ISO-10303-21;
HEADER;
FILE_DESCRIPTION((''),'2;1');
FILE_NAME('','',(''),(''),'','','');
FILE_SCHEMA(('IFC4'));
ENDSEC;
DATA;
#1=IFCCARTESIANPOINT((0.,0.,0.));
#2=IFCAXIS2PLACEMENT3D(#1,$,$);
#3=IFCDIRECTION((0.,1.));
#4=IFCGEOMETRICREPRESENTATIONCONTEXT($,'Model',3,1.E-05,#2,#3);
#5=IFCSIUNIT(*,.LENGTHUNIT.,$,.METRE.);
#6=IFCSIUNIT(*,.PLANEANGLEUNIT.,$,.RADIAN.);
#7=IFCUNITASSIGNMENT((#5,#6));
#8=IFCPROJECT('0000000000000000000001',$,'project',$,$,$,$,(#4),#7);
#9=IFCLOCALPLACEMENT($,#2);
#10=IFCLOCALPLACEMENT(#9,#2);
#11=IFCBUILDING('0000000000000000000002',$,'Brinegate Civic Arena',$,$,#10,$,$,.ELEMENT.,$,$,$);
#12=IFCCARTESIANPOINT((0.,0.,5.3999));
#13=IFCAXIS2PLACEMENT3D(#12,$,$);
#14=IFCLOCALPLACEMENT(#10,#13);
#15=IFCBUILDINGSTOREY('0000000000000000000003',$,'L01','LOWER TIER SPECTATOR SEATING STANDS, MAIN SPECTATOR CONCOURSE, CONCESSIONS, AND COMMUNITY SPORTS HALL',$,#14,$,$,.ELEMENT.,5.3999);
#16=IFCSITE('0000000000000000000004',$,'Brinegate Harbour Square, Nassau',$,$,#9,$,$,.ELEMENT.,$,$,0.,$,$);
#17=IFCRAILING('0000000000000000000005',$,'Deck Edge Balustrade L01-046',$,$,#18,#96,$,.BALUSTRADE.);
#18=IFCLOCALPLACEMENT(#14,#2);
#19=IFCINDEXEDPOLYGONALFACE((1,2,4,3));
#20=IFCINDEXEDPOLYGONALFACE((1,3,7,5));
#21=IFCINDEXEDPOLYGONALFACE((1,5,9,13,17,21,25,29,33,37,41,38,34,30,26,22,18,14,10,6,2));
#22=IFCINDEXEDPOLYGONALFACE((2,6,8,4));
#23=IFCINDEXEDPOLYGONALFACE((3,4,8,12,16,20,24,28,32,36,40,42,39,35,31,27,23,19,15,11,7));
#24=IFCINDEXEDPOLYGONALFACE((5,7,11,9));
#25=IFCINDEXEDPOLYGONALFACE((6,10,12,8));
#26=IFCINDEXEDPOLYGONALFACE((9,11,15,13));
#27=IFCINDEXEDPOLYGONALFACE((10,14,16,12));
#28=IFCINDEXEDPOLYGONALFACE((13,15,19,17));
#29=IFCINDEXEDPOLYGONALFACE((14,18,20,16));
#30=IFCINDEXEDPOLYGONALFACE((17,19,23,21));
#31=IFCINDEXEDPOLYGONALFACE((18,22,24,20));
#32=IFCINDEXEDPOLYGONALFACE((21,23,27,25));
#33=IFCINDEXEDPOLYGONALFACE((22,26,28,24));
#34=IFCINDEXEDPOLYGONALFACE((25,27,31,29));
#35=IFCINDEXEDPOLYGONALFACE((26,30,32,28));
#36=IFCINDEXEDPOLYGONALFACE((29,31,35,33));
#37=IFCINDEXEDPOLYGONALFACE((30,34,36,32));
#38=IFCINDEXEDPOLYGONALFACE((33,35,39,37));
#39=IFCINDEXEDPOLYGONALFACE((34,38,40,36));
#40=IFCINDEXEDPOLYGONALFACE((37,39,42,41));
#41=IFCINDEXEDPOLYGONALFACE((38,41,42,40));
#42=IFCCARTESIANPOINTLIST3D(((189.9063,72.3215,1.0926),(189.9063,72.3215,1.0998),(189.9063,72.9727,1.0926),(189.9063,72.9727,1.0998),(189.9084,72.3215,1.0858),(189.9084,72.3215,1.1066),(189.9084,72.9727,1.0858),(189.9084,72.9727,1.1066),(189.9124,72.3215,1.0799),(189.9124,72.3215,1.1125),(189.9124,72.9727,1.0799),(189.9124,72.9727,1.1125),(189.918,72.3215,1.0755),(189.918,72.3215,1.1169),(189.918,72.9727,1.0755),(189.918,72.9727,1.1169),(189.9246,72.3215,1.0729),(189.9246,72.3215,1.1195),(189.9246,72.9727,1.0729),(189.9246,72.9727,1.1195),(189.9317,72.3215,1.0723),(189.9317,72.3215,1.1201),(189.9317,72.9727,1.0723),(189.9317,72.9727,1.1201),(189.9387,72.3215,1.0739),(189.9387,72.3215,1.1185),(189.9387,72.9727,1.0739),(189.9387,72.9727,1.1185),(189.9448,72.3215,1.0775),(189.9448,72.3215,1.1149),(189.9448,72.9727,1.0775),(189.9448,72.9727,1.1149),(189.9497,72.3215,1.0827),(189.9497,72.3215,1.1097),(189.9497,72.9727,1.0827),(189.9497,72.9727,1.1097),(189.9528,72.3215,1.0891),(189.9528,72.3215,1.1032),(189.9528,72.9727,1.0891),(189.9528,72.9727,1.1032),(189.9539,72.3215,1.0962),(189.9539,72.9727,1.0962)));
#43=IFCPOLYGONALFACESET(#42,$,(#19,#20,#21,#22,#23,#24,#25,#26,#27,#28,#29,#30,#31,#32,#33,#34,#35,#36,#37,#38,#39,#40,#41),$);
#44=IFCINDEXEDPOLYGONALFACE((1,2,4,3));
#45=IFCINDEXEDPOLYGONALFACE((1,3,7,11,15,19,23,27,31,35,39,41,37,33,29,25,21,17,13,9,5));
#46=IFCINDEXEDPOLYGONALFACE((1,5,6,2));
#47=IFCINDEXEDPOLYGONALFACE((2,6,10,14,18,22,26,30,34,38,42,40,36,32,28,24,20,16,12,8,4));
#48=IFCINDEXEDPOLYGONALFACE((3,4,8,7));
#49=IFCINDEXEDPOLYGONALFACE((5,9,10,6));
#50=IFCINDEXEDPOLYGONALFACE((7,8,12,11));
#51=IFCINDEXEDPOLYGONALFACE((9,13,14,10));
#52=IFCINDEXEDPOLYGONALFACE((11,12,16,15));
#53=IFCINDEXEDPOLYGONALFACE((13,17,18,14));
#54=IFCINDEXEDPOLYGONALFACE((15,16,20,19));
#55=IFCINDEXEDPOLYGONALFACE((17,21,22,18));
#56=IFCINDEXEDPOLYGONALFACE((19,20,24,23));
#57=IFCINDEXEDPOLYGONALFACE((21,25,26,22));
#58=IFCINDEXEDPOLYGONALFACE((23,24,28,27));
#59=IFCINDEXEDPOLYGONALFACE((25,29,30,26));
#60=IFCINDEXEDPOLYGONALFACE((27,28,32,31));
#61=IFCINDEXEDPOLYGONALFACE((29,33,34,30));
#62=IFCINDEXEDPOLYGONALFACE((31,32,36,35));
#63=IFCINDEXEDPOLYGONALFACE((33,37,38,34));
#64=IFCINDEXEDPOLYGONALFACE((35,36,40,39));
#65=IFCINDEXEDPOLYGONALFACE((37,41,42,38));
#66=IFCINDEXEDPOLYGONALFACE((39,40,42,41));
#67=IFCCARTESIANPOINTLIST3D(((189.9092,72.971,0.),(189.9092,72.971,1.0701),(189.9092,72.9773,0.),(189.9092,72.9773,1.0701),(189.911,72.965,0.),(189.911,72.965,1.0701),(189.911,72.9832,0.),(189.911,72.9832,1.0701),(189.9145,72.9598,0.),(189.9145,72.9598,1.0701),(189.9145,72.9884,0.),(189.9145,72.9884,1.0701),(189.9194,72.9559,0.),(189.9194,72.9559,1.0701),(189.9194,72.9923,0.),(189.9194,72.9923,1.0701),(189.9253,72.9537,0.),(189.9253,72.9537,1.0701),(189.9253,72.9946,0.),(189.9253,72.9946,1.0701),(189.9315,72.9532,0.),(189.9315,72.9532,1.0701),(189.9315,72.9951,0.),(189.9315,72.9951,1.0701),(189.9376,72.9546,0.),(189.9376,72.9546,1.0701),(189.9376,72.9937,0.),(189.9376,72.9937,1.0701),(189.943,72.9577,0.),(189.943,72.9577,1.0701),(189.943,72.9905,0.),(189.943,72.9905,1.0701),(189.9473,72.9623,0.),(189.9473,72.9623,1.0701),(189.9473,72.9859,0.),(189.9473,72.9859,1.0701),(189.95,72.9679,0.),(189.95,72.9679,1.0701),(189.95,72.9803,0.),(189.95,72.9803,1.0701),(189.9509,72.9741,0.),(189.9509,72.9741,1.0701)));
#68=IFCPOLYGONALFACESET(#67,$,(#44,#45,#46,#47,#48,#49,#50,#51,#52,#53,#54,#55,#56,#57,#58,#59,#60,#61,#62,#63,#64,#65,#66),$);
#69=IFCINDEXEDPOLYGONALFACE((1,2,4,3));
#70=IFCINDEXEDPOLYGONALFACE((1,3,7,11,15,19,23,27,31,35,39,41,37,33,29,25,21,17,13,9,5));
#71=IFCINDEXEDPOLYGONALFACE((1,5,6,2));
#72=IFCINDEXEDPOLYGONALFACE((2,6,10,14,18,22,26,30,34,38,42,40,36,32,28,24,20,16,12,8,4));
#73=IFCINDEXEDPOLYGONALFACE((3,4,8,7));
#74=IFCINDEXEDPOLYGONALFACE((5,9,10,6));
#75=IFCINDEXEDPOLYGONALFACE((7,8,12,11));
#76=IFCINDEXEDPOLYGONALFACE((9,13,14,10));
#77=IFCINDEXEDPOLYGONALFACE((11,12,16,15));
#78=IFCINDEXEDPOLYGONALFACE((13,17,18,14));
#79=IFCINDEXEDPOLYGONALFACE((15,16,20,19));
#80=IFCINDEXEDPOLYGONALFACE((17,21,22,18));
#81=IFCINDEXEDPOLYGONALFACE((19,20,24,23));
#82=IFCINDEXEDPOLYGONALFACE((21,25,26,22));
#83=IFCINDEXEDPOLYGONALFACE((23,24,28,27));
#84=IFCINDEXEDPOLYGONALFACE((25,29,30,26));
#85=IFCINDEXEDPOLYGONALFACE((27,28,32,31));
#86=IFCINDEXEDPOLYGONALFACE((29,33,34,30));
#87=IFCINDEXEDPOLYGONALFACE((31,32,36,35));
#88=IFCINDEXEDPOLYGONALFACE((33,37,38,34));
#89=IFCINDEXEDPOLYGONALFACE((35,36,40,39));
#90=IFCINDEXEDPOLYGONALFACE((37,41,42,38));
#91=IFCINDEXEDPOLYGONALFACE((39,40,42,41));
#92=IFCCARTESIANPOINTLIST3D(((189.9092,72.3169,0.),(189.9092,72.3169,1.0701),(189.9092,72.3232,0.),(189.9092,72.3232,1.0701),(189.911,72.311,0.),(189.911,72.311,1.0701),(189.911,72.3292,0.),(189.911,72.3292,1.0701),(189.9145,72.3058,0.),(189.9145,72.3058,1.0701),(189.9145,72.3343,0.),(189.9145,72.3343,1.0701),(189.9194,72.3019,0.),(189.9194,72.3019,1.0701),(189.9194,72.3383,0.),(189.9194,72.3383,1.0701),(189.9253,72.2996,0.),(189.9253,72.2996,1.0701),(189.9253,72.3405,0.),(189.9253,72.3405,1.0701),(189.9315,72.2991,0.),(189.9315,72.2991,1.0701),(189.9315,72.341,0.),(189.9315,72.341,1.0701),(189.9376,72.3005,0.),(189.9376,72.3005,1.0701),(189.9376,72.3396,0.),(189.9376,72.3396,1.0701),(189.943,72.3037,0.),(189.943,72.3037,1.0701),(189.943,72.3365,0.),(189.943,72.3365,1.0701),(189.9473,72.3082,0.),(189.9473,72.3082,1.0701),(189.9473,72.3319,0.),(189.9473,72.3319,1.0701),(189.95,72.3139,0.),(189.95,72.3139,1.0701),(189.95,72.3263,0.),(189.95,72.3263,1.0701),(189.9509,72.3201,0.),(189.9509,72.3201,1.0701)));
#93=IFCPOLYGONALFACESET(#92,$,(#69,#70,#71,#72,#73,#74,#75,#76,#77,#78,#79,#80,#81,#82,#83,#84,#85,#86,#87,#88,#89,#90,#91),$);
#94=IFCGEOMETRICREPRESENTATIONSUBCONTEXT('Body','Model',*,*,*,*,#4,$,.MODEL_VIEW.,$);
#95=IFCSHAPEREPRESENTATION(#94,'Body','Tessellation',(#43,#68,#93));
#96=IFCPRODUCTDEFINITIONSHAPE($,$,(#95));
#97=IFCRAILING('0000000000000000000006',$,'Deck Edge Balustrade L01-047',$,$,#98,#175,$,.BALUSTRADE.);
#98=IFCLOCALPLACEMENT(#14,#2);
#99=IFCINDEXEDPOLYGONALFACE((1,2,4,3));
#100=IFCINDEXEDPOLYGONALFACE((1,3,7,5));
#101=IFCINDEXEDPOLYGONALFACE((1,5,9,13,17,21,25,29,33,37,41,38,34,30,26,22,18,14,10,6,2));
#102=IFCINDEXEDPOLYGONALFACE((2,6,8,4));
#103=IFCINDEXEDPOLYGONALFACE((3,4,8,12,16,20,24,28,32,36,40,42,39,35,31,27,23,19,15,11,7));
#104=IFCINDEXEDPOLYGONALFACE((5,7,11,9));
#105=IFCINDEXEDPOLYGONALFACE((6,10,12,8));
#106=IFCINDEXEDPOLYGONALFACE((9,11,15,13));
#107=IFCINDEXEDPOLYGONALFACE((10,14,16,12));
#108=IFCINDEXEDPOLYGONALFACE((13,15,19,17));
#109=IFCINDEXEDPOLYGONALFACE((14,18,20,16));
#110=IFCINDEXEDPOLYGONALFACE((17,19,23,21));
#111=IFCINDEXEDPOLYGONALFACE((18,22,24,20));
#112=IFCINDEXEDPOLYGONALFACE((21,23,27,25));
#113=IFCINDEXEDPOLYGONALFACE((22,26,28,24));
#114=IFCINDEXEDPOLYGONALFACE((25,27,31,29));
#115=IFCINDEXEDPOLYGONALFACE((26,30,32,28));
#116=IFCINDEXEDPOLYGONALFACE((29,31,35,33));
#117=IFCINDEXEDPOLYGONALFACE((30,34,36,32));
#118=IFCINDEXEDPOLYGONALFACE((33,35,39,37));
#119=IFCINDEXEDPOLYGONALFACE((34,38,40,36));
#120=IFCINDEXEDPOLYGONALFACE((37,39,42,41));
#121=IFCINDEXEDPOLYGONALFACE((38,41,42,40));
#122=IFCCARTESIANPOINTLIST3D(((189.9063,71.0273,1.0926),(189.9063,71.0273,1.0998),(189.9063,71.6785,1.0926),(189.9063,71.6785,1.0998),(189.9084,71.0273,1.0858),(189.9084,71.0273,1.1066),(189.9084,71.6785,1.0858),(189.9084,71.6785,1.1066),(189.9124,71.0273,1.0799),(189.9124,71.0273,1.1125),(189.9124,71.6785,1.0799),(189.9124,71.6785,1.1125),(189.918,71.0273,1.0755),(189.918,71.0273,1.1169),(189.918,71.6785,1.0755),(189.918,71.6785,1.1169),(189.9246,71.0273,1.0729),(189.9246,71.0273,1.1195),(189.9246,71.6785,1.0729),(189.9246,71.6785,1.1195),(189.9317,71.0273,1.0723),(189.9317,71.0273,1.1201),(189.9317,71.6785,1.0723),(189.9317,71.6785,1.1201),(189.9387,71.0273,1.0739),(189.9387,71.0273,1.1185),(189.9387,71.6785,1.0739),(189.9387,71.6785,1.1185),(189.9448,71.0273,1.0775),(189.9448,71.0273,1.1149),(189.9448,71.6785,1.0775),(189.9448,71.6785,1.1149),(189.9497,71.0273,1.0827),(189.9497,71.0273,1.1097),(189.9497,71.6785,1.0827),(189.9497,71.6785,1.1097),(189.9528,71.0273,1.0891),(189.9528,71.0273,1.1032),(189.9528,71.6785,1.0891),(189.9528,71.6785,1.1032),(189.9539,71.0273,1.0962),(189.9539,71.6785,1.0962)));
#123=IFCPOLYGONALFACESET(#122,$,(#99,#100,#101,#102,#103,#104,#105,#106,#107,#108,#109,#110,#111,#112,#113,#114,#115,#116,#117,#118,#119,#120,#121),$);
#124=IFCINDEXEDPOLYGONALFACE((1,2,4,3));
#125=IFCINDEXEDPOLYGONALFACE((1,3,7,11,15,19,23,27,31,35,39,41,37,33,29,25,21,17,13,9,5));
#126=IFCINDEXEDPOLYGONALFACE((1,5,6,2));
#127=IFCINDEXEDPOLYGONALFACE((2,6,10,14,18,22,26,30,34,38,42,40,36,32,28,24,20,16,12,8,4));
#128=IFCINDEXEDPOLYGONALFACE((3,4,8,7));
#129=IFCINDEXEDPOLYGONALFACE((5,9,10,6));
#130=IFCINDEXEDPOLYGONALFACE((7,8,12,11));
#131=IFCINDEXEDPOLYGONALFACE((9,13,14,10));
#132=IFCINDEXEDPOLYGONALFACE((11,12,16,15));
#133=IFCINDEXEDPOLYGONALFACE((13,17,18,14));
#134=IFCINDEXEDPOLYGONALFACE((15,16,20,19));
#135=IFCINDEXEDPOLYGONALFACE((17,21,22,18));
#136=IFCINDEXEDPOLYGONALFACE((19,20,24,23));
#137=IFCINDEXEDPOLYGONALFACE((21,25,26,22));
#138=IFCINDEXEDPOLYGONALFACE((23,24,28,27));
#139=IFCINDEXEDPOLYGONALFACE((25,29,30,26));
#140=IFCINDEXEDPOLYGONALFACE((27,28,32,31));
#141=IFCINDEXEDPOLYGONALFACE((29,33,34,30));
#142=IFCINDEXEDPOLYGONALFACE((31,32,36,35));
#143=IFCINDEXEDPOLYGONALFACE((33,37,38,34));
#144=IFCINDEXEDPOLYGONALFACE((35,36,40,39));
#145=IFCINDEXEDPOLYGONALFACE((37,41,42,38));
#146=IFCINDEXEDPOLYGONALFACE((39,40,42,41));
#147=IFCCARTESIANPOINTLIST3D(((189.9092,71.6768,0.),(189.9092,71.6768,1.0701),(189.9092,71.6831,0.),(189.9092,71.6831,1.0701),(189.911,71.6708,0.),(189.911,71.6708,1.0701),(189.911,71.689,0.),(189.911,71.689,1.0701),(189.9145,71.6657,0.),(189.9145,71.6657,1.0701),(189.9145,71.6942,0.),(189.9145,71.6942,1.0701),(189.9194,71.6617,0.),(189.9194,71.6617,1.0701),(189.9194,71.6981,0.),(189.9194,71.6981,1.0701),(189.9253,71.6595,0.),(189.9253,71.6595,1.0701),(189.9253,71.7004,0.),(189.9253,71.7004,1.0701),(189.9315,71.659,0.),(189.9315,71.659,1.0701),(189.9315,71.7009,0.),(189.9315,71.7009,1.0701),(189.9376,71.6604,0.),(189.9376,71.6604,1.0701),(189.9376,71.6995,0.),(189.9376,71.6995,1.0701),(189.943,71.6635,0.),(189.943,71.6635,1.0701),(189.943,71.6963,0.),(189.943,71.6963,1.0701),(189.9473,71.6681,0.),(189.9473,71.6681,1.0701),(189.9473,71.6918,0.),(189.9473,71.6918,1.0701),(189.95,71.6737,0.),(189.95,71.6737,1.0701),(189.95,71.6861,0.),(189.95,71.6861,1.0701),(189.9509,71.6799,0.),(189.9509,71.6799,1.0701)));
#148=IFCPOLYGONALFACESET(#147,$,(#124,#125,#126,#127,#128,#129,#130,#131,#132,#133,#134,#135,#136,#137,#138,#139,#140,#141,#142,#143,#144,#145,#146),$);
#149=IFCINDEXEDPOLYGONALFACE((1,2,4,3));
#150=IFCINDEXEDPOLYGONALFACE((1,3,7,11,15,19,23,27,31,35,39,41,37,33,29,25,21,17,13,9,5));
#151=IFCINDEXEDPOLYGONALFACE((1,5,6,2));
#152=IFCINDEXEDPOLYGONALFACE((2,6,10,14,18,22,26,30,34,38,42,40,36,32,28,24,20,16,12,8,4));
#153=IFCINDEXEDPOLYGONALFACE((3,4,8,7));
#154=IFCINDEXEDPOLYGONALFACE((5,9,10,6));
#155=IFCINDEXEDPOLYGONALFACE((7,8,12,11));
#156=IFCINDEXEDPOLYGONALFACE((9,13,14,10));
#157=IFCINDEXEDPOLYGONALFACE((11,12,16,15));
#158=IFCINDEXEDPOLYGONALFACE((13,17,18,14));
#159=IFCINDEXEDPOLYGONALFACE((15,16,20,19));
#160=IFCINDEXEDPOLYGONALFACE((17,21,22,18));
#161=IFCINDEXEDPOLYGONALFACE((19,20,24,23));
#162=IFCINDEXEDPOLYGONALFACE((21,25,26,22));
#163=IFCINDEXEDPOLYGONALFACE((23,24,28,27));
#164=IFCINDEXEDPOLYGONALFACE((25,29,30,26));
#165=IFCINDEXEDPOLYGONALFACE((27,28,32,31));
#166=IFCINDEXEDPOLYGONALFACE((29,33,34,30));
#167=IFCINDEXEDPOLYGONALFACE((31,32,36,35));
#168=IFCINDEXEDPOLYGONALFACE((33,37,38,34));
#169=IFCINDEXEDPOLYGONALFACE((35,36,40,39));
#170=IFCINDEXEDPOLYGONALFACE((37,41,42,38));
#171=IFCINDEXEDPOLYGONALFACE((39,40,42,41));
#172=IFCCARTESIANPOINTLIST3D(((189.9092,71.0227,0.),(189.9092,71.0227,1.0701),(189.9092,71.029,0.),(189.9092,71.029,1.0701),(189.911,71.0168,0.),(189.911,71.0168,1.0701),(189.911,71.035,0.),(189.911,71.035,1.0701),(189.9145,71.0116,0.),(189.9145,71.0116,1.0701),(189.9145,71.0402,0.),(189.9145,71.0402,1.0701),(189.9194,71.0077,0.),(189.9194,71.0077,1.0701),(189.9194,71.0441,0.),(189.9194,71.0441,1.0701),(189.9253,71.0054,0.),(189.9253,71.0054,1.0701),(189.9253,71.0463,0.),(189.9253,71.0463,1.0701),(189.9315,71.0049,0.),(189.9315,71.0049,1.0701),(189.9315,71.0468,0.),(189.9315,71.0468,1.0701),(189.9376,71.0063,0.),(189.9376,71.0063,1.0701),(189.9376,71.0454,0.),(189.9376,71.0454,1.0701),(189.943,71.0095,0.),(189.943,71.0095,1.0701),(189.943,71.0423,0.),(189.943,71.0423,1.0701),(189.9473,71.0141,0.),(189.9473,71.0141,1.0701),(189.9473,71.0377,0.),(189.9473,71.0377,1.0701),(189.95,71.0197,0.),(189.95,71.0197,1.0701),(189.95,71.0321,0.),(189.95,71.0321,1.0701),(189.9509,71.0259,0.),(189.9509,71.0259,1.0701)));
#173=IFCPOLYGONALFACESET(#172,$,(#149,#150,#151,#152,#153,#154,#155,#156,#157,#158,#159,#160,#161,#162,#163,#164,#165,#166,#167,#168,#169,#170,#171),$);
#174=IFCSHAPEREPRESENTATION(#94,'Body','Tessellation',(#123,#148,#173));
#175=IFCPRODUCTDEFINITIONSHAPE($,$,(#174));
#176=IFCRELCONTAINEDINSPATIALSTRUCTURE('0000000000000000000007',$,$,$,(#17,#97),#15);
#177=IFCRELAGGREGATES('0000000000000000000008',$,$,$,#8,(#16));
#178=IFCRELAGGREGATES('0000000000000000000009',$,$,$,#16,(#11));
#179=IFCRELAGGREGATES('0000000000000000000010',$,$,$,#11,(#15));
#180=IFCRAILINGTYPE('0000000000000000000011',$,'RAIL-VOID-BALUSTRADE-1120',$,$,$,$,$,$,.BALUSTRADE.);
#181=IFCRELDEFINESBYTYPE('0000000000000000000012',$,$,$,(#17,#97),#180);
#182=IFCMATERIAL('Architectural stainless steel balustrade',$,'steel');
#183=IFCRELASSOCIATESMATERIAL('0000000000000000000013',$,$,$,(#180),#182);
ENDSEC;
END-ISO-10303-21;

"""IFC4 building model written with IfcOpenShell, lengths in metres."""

from ifc_helpers import new_model, si_unit, direction, frame, origin, origin_2d, place, context, subcontext, project, spatial, circle, extrude, material, type_object, element, save


model = new_model("IFC4")

# Units and contexts
model_context = context("Model", 3, precision=1e-05, world=origin(), true_north=direction((0.0, 1.0)))
body_context = subcontext(model_context, "Body", "Model", "MODEL_VIEW")
ifc_project = project(units=[si_unit("LENGTHUNIT", "METRE"), si_unit("PLANEANGLEUNIT", "RADIAN")], contexts=[model_context])

# Site, building, storey
site_placement = place(None, origin())
site = spatial("IfcSite", under=ifc_project, at=site_placement, Name="Brinegate Harbour Square, Nassau", CompositionType="ELEMENT", RefElevation=0.0)
building_placement = place(site_placement, origin())
building = spatial("IfcBuilding", under=site, at=building_placement, Name="Brinegate Civic Arena", CompositionType="ELEMENT")
storey_placement = place(building_placement, frame((0.0, 0.0, 5.3999)))
storey = spatial("IfcBuildingStorey", under=building, at=storey_placement, Name="L01", Description="LOWER TIER SPECTATOR SEATING STANDS, MAIN SPECTATOR CONCOURSE, CONCESSIONS, AND COMMUNITY SPORTS HALL", CompositionType="ELEMENT", Elevation=5.3999)

# Railings
ifc_material_1 = material(Name="Architectural stainless steel balustrade", Category="steel")
railing_type = type_object("IfcRailingType", Name="RAIL-VOID-BALUSTRADE-1120", PredefinedType="BALUSTRADE", material=ifc_material_1)
for number, where, name in (
    (1, (189.9299, 72.9741, 0.0), "Deck Edge Balustrade L01-046"),
    (2, (189.9299, 71.6799, 0.0), "Deck Edge Balustrade L01-047"),
):
    element("IfcRailing", number, at=place(storey_placement, frame(where)), inside=storey, type_object=railing_type, Name=name, PredefinedType="BALUSTRADE", context=body_context, shape_type="SweptSolid", body=[
        extrude(circle(Radius=0.0239, at=origin_2d()), frame((0.0, -0.0015, 1.0962), z_axis=(0.0, -1.0, 0.0), x_axis=(1.0, 0.0, 0.0)), (0.0, 0.0, 1.0), 0.6511),
        extrude(circle(Radius=0.021, at=origin_2d()), origin(), (0.0, 0.0, 1.0), 1.0701),
        extrude(circle(Radius=0.021, at=origin_2d()), frame((0.0, -0.6541, 0.0)), (0.0, 0.0, 1.0), 1.0701),
    ])

save(model, "model.ifc")
